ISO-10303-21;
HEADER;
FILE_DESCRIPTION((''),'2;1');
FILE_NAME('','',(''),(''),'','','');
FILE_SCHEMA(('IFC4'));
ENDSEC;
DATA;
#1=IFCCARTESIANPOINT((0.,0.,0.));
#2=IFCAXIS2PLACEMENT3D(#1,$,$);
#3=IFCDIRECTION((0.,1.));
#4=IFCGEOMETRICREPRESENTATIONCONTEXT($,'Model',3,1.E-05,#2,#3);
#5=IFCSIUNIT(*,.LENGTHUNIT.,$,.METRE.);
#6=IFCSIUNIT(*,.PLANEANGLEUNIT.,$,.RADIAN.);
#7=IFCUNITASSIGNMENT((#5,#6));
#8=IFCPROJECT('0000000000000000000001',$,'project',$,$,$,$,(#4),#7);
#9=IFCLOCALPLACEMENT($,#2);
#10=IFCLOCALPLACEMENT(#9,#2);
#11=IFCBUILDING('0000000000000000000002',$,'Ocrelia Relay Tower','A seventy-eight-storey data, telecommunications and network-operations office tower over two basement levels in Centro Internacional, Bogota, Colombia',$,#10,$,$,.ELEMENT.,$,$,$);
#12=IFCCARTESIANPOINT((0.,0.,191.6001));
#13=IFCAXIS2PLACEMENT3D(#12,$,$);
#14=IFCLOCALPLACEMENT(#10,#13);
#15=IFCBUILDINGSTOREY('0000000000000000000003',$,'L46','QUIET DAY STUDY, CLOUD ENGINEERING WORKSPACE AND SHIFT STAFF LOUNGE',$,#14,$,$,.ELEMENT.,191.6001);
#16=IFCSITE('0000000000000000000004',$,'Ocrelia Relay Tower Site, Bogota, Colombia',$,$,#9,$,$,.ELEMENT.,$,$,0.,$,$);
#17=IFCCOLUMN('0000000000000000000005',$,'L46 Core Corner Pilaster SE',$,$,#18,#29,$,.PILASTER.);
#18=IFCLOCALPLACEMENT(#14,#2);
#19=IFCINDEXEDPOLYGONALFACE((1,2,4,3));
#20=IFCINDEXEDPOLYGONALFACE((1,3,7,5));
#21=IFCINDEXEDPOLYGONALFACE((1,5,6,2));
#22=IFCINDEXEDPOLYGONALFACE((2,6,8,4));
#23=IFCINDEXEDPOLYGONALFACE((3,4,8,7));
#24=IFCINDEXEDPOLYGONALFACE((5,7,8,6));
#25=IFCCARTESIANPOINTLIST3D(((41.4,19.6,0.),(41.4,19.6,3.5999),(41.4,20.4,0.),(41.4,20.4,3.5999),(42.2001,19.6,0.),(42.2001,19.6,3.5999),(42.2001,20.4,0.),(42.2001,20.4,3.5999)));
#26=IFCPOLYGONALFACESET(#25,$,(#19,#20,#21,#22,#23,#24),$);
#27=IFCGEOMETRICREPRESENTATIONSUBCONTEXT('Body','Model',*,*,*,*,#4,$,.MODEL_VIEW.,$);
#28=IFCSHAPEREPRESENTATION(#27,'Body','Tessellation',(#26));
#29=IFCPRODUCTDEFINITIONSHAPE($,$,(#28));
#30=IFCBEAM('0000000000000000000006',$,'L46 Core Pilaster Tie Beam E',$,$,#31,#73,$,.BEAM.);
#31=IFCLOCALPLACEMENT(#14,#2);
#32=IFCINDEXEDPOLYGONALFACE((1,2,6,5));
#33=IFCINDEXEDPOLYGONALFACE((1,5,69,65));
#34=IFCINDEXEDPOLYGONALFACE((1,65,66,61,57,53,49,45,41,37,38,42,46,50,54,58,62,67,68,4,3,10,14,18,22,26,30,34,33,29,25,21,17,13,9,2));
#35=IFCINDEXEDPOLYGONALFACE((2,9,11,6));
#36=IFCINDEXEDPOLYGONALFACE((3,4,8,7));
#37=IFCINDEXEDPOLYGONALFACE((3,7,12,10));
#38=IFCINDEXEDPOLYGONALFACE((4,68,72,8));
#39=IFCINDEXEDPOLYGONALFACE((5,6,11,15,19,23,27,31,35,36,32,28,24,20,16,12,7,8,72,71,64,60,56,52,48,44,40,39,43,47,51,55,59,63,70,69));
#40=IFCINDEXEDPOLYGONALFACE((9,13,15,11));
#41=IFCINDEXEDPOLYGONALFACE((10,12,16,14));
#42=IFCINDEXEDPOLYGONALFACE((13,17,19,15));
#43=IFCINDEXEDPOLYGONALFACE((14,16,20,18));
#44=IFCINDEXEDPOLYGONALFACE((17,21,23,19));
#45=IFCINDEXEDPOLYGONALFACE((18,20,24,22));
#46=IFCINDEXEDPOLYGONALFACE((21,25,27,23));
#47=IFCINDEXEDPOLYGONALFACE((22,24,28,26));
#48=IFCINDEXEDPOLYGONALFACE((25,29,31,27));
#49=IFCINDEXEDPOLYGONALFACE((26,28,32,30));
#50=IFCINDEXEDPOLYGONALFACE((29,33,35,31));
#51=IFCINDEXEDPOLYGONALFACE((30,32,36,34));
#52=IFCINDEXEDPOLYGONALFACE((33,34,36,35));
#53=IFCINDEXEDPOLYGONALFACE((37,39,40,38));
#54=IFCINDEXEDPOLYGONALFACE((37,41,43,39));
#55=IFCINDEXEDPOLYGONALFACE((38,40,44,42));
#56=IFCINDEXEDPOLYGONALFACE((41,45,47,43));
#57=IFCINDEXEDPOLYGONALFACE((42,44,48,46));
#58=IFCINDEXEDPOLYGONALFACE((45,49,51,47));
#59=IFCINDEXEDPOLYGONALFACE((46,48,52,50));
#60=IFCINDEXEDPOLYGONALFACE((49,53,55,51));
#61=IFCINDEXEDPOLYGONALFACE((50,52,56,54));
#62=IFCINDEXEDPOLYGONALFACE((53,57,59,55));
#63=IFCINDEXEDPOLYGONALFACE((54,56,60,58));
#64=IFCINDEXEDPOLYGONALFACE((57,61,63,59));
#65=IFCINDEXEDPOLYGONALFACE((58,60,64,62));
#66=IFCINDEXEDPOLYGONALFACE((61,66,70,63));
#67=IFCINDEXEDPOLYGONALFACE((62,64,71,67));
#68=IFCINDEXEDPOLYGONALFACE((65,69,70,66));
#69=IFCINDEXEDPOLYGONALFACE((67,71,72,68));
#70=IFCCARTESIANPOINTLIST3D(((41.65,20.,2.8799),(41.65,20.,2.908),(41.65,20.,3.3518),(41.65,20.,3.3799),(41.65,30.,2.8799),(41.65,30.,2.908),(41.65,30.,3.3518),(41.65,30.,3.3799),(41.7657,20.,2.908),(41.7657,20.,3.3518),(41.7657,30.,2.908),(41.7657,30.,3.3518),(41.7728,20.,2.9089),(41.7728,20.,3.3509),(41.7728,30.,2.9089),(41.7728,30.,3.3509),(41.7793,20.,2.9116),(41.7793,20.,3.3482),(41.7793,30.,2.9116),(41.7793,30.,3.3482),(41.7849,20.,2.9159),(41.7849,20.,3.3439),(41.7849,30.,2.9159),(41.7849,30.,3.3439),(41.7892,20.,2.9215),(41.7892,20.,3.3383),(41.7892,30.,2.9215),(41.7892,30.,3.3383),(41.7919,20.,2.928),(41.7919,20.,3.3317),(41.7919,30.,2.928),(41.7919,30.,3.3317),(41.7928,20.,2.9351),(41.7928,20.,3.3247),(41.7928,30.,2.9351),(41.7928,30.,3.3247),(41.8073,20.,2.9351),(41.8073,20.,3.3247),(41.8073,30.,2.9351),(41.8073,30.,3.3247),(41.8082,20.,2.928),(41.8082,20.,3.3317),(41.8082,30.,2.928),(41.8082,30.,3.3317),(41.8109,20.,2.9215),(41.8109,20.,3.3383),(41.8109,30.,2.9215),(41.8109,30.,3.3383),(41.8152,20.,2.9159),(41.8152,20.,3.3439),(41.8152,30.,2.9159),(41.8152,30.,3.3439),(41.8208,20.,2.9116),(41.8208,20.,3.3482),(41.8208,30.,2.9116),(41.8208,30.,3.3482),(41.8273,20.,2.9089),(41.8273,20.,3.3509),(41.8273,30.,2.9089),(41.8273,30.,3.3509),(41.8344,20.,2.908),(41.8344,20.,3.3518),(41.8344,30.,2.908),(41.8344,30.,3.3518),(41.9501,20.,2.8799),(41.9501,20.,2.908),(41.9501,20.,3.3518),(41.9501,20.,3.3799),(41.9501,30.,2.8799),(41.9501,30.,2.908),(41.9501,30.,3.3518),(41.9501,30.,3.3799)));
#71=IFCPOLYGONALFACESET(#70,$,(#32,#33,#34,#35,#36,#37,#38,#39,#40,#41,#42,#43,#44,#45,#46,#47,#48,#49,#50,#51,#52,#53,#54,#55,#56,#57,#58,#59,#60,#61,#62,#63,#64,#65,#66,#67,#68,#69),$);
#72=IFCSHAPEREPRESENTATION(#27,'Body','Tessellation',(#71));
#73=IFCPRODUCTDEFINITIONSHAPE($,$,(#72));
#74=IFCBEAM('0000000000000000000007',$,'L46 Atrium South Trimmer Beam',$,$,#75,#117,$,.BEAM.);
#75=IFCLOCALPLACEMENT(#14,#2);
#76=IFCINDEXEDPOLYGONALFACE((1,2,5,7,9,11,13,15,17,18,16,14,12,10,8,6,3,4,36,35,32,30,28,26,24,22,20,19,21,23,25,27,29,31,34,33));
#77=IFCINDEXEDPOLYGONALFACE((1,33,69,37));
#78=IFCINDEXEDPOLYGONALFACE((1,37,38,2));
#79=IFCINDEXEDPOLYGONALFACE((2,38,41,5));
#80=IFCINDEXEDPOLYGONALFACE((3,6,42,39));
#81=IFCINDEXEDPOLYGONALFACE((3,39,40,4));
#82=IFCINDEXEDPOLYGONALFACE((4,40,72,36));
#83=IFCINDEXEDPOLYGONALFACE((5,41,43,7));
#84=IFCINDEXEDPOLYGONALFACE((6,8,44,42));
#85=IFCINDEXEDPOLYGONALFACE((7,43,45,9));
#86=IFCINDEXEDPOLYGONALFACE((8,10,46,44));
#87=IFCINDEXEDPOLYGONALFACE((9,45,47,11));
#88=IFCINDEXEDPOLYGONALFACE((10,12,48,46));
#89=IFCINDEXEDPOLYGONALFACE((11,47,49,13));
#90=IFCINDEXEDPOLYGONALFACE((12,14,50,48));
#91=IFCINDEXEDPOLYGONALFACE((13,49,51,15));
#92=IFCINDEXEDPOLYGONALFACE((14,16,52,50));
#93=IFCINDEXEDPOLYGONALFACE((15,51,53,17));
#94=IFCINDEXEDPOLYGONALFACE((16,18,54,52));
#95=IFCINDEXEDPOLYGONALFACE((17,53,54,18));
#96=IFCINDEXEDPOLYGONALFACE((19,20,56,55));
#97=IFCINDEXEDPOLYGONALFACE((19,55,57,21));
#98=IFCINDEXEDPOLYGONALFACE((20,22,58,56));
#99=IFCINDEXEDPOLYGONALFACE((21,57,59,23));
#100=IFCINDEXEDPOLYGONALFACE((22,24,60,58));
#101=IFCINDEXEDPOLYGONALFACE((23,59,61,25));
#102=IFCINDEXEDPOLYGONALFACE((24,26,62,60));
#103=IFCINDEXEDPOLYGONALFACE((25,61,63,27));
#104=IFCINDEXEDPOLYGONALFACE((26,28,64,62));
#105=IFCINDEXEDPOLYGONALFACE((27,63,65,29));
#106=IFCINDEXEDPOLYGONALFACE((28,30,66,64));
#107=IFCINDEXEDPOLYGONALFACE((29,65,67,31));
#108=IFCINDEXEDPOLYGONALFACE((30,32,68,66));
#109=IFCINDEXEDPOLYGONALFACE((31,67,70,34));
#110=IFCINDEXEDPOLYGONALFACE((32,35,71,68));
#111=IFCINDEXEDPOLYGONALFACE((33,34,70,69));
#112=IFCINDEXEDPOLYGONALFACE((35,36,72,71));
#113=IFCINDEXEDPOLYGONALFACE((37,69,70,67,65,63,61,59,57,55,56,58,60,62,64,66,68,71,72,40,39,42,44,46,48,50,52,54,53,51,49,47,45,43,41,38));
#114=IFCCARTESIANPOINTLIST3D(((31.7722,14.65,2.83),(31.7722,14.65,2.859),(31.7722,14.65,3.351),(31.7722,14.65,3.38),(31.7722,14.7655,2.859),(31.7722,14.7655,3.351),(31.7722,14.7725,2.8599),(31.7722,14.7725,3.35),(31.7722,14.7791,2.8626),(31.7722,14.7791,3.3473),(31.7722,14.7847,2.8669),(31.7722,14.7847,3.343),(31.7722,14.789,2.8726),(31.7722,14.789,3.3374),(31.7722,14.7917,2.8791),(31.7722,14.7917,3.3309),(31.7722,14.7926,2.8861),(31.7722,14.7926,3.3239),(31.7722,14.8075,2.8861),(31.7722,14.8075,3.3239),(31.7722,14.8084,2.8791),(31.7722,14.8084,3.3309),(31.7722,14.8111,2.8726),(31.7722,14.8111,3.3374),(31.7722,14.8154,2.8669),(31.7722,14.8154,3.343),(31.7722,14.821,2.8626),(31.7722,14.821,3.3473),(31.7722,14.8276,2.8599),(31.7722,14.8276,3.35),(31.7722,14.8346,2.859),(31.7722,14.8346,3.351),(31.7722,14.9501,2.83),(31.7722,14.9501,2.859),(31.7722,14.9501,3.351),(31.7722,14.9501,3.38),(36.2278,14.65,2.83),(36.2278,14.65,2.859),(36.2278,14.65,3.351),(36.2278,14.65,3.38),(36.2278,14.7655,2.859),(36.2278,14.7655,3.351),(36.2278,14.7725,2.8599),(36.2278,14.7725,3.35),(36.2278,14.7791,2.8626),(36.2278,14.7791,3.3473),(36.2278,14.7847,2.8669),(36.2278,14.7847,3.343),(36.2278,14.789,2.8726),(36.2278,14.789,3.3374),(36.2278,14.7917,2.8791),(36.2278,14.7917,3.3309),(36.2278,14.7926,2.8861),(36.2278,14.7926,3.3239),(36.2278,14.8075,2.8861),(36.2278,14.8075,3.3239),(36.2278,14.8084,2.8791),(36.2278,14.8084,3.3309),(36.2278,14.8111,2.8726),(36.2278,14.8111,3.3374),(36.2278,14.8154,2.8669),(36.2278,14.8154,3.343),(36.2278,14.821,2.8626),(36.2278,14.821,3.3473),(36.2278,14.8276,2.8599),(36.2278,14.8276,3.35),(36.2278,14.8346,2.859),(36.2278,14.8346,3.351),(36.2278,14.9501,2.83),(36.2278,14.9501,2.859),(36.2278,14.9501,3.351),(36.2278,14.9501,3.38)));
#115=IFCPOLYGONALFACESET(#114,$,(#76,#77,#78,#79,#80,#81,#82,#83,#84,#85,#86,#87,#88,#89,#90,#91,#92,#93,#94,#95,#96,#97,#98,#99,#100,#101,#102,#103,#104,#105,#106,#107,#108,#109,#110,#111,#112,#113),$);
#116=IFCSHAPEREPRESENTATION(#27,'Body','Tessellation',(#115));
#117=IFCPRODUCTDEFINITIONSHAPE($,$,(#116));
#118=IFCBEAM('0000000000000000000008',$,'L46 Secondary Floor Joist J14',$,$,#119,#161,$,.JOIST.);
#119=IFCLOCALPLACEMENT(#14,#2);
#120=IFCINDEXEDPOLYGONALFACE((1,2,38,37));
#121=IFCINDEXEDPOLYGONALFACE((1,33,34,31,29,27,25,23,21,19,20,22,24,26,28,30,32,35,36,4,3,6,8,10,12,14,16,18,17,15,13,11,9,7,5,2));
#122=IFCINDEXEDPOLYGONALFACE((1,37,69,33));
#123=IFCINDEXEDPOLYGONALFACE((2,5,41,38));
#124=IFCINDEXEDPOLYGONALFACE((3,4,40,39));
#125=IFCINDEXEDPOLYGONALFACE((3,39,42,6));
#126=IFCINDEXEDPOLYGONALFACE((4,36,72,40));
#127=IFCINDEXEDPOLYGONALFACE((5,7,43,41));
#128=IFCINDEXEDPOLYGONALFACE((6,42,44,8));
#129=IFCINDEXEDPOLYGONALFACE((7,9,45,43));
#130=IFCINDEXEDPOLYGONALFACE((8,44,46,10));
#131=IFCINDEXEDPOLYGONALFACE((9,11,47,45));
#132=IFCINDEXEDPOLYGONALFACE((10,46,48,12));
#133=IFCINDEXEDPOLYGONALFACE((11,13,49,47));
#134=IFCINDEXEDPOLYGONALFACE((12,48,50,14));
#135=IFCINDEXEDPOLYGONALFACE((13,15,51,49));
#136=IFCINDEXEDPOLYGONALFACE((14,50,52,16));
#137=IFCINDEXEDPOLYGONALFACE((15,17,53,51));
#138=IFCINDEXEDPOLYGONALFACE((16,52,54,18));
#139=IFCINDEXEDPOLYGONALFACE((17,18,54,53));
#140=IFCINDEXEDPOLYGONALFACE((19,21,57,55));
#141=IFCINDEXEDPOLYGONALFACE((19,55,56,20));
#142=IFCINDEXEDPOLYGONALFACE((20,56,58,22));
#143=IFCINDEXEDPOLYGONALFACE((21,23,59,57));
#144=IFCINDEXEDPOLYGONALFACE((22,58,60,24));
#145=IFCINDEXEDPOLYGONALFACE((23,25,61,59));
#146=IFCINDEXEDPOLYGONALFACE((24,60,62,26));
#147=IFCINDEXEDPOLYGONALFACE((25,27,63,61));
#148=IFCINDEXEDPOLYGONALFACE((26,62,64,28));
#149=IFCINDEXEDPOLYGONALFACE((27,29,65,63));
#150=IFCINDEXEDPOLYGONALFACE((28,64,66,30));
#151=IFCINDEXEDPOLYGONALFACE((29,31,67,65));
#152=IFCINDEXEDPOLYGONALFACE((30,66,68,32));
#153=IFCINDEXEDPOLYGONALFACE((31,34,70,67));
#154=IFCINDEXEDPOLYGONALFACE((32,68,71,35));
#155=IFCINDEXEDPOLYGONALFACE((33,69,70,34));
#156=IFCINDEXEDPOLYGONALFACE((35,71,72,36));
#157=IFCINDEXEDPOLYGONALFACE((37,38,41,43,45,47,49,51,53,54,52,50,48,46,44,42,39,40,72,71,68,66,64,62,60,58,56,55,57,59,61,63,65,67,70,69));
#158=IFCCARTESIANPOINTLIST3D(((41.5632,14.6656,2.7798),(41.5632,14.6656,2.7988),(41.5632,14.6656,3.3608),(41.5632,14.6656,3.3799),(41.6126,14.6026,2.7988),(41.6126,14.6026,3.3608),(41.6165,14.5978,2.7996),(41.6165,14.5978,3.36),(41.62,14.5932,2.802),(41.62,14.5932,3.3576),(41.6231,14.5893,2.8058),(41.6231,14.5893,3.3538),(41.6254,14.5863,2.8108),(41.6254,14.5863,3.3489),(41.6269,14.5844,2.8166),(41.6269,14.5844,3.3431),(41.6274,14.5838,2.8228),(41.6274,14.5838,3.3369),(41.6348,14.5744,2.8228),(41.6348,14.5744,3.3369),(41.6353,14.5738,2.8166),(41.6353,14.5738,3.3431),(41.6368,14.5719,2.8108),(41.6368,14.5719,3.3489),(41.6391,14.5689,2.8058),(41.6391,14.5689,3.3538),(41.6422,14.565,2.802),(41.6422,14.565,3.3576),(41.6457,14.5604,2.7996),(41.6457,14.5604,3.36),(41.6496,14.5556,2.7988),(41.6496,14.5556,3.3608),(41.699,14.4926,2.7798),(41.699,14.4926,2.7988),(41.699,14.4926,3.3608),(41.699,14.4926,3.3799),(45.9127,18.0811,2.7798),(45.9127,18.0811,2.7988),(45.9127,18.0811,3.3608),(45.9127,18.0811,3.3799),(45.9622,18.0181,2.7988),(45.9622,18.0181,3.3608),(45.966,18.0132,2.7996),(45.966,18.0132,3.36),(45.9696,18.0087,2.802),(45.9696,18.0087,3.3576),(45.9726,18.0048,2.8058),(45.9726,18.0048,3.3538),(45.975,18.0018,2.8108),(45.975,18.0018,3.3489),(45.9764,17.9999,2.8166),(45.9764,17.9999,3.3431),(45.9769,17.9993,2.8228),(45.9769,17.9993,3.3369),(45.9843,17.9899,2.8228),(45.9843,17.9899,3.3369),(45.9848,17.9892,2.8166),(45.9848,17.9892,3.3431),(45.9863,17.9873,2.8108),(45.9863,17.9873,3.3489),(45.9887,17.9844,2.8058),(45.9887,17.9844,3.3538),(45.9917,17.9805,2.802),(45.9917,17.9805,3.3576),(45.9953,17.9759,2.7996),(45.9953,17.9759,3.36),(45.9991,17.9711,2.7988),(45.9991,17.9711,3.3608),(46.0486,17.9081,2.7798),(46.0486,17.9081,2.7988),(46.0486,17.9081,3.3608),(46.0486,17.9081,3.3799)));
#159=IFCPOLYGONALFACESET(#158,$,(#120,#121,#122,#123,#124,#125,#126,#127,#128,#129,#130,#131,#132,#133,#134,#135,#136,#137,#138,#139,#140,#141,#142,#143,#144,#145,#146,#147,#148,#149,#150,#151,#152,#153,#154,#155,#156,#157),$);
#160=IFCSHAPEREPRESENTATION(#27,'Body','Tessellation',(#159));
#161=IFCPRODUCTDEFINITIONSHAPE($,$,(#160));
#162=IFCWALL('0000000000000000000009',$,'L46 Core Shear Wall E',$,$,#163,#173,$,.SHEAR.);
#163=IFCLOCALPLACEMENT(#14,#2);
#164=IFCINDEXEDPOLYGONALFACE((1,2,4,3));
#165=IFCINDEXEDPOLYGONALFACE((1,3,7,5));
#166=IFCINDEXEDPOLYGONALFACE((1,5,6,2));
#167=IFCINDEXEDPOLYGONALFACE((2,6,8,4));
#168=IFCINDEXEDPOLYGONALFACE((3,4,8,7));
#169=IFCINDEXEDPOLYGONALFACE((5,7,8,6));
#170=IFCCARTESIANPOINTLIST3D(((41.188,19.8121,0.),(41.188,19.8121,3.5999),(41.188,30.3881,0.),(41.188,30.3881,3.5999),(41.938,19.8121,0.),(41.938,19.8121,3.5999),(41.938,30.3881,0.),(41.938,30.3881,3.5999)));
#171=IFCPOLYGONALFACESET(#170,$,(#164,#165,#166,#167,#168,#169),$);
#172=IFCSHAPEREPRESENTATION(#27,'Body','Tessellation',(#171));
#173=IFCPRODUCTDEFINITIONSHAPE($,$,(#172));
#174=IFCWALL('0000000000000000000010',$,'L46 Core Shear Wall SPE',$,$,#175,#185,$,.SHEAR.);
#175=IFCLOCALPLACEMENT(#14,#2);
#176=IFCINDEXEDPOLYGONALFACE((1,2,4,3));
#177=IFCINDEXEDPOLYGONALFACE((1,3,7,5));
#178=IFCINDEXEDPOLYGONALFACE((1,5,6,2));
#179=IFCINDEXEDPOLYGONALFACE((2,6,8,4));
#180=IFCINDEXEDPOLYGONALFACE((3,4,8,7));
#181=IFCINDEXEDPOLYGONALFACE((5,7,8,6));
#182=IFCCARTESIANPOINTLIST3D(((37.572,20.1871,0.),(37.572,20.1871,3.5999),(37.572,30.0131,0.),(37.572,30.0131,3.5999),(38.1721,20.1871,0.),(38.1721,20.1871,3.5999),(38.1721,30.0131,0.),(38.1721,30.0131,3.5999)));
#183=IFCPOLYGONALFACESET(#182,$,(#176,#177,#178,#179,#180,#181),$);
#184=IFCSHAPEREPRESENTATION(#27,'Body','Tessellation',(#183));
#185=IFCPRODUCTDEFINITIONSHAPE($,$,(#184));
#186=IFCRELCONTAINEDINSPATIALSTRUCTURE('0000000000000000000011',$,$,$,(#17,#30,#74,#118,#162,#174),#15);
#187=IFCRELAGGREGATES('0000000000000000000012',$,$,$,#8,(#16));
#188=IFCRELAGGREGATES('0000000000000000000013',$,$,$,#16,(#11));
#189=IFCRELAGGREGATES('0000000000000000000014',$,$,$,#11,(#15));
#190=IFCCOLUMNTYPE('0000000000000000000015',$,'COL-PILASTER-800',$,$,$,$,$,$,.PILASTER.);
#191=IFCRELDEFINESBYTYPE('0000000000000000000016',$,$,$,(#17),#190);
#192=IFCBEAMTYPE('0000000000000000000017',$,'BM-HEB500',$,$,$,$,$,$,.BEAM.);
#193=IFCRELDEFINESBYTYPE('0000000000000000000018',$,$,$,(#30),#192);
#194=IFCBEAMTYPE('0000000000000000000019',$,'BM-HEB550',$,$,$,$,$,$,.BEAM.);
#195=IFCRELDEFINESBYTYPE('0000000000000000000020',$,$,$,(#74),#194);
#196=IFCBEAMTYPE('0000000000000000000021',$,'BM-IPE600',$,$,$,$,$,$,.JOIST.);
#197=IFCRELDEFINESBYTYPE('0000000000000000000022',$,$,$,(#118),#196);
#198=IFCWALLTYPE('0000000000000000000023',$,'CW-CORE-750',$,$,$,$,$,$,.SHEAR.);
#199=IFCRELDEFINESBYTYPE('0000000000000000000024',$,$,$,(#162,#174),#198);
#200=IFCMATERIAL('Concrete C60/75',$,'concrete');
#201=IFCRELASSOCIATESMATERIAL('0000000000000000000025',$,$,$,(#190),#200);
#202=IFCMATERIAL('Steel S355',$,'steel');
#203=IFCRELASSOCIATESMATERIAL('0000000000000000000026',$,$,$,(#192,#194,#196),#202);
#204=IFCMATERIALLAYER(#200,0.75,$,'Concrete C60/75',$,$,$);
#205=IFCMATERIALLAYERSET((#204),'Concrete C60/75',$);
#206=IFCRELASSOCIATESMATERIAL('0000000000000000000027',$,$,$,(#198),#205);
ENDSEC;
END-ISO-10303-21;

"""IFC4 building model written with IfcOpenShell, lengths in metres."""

from ifc_helpers import new_model, si_unit, direction, frame, frame_2d, origin, origin_2d, place, context, subcontext, project, spatial, rectangle, i_section, extrude, material, layer, layer_set, material_profile, profile_set, type_object, element, save


model = new_model("IFC4")

# Units and contexts
model_context = context("Model", 3, precision=1e-05, world=origin(), true_north=direction((0.0, 1.0)))
body_context = subcontext(model_context, "Body", "Model", "MODEL_VIEW")
ifc_project = project(units=[si_unit("LENGTHUNIT", "METRE"), si_unit("PLANEANGLEUNIT", "RADIAN")], contexts=[model_context])

# Site, building, storey
site_placement = place(None, origin())
site = spatial("IfcSite", under=ifc_project, at=site_placement, Name="Ocrelia Relay Tower Site, Bogota, Colombia", CompositionType="ELEMENT", RefElevation=0.0)
building_placement = place(site_placement, origin())
building = spatial("IfcBuilding", under=site, at=building_placement, Name="Ocrelia Relay Tower", Description="A seventy-eight-storey data, telecommunications and network-operations office tower over two basement levels in Centro Internacional, Bogota, Colombia", CompositionType="ELEMENT")
storey_placement = place(building_placement, frame((0.0, 0.0, 191.6001)))
storey = spatial("IfcBuildingStorey", under=building, at=storey_placement, Name="L46", Description="QUIET DAY STUDY, CLOUD ENGINEERING WORKSPACE AND SHIFT STAFF LOUNGE", CompositionType="ELEMENT", Elevation=191.6001)

# Column
ifc_material_1 = material(Name="Concrete C60/75", Category="concrete")
ifc_material_profile_1 = material_profile(ifc_material_1, rectangle(XDim=0.8, YDim=0.8, at=origin_2d()), Name="RC-COL-800x800")
ifc_profile_set_1 = profile_set([ifc_material_profile_1], Name="Concrete C60/75")
column_type = type_object("IfcColumnType", Name="COL-PILASTER-800", PredefinedType="PILASTER", material=ifc_profile_set_1)
column_placement = place(storey_placement, frame((41.8, 20.0, 0.0), z_axis=(0.0, 0.0, 1.0), x_axis=(1.0, 0.0, 0.0)))
element("IfcColumn", 1, at=column_placement, inside=storey, type_object=column_type, Name="L46 Core Corner Pilaster SE", PredefinedType="PILASTER", context=body_context, shape_type="SweptSolid", body=[
    extrude(rectangle(XDim=0.8, YDim=0.8, at=origin_2d()), origin(), (0.0, 0.0, 1.0), 3.5999),
])

# Beams
ifc_material_2 = material(Name="Steel S355", Category="steel")
ifc_material_profile_2 = material_profile(ifc_material_2, i_section(OverallWidth=0.3, OverallDepth=0.5, WebThickness=0.0144, FlangeThickness=0.0281, FilletRadius=0.0271, at=origin_2d()), Name="HEB 500")
ifc_profile_set_2 = profile_set([ifc_material_profile_2], Name="Steel S355")
beam_type_1 = type_object("IfcBeamType", Name="BM-HEB500", PredefinedType="BEAM", material=ifc_profile_set_2)
beam_1_placement = place(storey_placement, frame((41.8, 20.0, 3.1299), z_axis=(0.0, 1.0, 0.0), x_axis=(-1.0, 0.0, 0.0)))
element("IfcBeam", 2, at=beam_1_placement, inside=storey, type_object=beam_type_1, Name="L46 Core Pilaster Tie Beam E", PredefinedType="BEAM", context=body_context, shape_type="SweptSolid", body=[
    extrude(i_section(OverallWidth=0.3, OverallDepth=0.5, WebThickness=0.0144, FlangeThickness=0.0281, FilletRadius=0.0271, at=origin_2d()), origin(), (0.0, 0.0, 1.0), 10.0),
])
ifc_material_profile_3 = material_profile(ifc_material_2, i_section(OverallWidth=0.3, OverallDepth=0.55, WebThickness=0.0149, FlangeThickness=0.0291, FilletRadius=0.0271, at=origin_2d()), Name="HEB 550")
ifc_profile_set_3 = profile_set([ifc_material_profile_3], Name="Steel S355")
beam_type_2 = type_object("IfcBeamType", Name="BM-HEB550", PredefinedType="BEAM", material=ifc_profile_set_3)
beam_2_placement = place(storey_placement, frame((31.7722, 14.8, 3.105), z_axis=(1.0, 0.0, 0.0), x_axis=(0.0, 1.0, 0.0)))
element("IfcBeam", 3, at=beam_2_placement, inside=storey, type_object=beam_type_2, Name="L46 Atrium South Trimmer Beam", PredefinedType="BEAM", context=body_context, shape_type="SweptSolid", body=[
    extrude(i_section(OverallWidth=0.3, OverallDepth=0.55, WebThickness=0.0149, FlangeThickness=0.0291, FilletRadius=0.0271, at=origin_2d()), origin(), (0.0, 0.0, 1.0), 4.4556),
])
ifc_material_profile_4 = material_profile(ifc_material_2, i_section(OverallWidth=0.22, OverallDepth=0.6001, WebThickness=0.012, FlangeThickness=0.019, FilletRadius=0.0239, at=origin_2d()), Name="IPE 600")
ifc_profile_set_4 = profile_set([ifc_material_profile_4], Name="Steel S355")
beam_type_3 = type_object("IfcBeamType", Name="BM-IPE600", PredefinedType="JOIST", material=ifc_profile_set_4)
beam_3_placement = place(storey_placement, frame((41.6311, 14.5791, 3.0798), z_axis=(0.786496, 0.617595, 0.0), x_axis=(-0.617595, 0.786496, 0.0)))
element("IfcBeam", 4, at=beam_3_placement, inside=storey, type_object=beam_type_3, Name="L46 Secondary Floor Joist J14", PredefinedType="JOIST", context=body_context, shape_type="SweptSolid", body=[
    extrude(i_section(OverallWidth=0.22, OverallDepth=0.6001, WebThickness=0.012, FlangeThickness=0.019, FilletRadius=0.0239, at=origin_2d()), origin(), (0.0, 0.0, 1.0), 5.5303),
])

# Walls
ifc_layer_1 = layer(ifc_material_1, 0.75, Name="Concrete C60/75")
ifc_layer_set_1 = layer_set([ifc_layer_1], Name="Concrete C60/75")
wall_type_1 = type_object("IfcWallType", Name="CW-CORE-750", PredefinedType="SHEAR", material=ifc_layer_set_1)
wall_1_placement = place(storey_placement, frame((41.563, 19.812, 0.0), z_axis=(0.0, 0.0, 1.0), x_axis=(0.0, 1.0, 0.0)))
element("IfcWall", 5, at=wall_1_placement, inside=storey, type_object=wall_type_1, Name="L46 Core Shear Wall E", PredefinedType="SHEAR", context=body_context, shape_type="SweptSolid", body=[
    extrude(rectangle(XDim=10.5759, YDim=0.75, at=frame_2d((5.2881, 0.0))), origin(), (0.0, 0.0, 1.0), 3.5999),
])
wall_2_placement = place(storey_placement, frame((37.8721, 20.187, 0.0), z_axis=(0.0, 0.0, 1.0), x_axis=(0.0, 1.0, 0.0)))
element("IfcWall", 6, at=wall_2_placement, inside=storey, type_object=wall_type_1, Name="L46 Core Shear Wall SPE", PredefinedType="SHEAR", context=body_context, shape_type="SweptSolid", body=[
    extrude(rectangle(XDim=9.8259, YDim=0.6001, at=frame_2d((4.9131, 0.0))), origin(), (0.0, 0.0, 1.0), 3.5999),
])

save(model, "model.ifc")
